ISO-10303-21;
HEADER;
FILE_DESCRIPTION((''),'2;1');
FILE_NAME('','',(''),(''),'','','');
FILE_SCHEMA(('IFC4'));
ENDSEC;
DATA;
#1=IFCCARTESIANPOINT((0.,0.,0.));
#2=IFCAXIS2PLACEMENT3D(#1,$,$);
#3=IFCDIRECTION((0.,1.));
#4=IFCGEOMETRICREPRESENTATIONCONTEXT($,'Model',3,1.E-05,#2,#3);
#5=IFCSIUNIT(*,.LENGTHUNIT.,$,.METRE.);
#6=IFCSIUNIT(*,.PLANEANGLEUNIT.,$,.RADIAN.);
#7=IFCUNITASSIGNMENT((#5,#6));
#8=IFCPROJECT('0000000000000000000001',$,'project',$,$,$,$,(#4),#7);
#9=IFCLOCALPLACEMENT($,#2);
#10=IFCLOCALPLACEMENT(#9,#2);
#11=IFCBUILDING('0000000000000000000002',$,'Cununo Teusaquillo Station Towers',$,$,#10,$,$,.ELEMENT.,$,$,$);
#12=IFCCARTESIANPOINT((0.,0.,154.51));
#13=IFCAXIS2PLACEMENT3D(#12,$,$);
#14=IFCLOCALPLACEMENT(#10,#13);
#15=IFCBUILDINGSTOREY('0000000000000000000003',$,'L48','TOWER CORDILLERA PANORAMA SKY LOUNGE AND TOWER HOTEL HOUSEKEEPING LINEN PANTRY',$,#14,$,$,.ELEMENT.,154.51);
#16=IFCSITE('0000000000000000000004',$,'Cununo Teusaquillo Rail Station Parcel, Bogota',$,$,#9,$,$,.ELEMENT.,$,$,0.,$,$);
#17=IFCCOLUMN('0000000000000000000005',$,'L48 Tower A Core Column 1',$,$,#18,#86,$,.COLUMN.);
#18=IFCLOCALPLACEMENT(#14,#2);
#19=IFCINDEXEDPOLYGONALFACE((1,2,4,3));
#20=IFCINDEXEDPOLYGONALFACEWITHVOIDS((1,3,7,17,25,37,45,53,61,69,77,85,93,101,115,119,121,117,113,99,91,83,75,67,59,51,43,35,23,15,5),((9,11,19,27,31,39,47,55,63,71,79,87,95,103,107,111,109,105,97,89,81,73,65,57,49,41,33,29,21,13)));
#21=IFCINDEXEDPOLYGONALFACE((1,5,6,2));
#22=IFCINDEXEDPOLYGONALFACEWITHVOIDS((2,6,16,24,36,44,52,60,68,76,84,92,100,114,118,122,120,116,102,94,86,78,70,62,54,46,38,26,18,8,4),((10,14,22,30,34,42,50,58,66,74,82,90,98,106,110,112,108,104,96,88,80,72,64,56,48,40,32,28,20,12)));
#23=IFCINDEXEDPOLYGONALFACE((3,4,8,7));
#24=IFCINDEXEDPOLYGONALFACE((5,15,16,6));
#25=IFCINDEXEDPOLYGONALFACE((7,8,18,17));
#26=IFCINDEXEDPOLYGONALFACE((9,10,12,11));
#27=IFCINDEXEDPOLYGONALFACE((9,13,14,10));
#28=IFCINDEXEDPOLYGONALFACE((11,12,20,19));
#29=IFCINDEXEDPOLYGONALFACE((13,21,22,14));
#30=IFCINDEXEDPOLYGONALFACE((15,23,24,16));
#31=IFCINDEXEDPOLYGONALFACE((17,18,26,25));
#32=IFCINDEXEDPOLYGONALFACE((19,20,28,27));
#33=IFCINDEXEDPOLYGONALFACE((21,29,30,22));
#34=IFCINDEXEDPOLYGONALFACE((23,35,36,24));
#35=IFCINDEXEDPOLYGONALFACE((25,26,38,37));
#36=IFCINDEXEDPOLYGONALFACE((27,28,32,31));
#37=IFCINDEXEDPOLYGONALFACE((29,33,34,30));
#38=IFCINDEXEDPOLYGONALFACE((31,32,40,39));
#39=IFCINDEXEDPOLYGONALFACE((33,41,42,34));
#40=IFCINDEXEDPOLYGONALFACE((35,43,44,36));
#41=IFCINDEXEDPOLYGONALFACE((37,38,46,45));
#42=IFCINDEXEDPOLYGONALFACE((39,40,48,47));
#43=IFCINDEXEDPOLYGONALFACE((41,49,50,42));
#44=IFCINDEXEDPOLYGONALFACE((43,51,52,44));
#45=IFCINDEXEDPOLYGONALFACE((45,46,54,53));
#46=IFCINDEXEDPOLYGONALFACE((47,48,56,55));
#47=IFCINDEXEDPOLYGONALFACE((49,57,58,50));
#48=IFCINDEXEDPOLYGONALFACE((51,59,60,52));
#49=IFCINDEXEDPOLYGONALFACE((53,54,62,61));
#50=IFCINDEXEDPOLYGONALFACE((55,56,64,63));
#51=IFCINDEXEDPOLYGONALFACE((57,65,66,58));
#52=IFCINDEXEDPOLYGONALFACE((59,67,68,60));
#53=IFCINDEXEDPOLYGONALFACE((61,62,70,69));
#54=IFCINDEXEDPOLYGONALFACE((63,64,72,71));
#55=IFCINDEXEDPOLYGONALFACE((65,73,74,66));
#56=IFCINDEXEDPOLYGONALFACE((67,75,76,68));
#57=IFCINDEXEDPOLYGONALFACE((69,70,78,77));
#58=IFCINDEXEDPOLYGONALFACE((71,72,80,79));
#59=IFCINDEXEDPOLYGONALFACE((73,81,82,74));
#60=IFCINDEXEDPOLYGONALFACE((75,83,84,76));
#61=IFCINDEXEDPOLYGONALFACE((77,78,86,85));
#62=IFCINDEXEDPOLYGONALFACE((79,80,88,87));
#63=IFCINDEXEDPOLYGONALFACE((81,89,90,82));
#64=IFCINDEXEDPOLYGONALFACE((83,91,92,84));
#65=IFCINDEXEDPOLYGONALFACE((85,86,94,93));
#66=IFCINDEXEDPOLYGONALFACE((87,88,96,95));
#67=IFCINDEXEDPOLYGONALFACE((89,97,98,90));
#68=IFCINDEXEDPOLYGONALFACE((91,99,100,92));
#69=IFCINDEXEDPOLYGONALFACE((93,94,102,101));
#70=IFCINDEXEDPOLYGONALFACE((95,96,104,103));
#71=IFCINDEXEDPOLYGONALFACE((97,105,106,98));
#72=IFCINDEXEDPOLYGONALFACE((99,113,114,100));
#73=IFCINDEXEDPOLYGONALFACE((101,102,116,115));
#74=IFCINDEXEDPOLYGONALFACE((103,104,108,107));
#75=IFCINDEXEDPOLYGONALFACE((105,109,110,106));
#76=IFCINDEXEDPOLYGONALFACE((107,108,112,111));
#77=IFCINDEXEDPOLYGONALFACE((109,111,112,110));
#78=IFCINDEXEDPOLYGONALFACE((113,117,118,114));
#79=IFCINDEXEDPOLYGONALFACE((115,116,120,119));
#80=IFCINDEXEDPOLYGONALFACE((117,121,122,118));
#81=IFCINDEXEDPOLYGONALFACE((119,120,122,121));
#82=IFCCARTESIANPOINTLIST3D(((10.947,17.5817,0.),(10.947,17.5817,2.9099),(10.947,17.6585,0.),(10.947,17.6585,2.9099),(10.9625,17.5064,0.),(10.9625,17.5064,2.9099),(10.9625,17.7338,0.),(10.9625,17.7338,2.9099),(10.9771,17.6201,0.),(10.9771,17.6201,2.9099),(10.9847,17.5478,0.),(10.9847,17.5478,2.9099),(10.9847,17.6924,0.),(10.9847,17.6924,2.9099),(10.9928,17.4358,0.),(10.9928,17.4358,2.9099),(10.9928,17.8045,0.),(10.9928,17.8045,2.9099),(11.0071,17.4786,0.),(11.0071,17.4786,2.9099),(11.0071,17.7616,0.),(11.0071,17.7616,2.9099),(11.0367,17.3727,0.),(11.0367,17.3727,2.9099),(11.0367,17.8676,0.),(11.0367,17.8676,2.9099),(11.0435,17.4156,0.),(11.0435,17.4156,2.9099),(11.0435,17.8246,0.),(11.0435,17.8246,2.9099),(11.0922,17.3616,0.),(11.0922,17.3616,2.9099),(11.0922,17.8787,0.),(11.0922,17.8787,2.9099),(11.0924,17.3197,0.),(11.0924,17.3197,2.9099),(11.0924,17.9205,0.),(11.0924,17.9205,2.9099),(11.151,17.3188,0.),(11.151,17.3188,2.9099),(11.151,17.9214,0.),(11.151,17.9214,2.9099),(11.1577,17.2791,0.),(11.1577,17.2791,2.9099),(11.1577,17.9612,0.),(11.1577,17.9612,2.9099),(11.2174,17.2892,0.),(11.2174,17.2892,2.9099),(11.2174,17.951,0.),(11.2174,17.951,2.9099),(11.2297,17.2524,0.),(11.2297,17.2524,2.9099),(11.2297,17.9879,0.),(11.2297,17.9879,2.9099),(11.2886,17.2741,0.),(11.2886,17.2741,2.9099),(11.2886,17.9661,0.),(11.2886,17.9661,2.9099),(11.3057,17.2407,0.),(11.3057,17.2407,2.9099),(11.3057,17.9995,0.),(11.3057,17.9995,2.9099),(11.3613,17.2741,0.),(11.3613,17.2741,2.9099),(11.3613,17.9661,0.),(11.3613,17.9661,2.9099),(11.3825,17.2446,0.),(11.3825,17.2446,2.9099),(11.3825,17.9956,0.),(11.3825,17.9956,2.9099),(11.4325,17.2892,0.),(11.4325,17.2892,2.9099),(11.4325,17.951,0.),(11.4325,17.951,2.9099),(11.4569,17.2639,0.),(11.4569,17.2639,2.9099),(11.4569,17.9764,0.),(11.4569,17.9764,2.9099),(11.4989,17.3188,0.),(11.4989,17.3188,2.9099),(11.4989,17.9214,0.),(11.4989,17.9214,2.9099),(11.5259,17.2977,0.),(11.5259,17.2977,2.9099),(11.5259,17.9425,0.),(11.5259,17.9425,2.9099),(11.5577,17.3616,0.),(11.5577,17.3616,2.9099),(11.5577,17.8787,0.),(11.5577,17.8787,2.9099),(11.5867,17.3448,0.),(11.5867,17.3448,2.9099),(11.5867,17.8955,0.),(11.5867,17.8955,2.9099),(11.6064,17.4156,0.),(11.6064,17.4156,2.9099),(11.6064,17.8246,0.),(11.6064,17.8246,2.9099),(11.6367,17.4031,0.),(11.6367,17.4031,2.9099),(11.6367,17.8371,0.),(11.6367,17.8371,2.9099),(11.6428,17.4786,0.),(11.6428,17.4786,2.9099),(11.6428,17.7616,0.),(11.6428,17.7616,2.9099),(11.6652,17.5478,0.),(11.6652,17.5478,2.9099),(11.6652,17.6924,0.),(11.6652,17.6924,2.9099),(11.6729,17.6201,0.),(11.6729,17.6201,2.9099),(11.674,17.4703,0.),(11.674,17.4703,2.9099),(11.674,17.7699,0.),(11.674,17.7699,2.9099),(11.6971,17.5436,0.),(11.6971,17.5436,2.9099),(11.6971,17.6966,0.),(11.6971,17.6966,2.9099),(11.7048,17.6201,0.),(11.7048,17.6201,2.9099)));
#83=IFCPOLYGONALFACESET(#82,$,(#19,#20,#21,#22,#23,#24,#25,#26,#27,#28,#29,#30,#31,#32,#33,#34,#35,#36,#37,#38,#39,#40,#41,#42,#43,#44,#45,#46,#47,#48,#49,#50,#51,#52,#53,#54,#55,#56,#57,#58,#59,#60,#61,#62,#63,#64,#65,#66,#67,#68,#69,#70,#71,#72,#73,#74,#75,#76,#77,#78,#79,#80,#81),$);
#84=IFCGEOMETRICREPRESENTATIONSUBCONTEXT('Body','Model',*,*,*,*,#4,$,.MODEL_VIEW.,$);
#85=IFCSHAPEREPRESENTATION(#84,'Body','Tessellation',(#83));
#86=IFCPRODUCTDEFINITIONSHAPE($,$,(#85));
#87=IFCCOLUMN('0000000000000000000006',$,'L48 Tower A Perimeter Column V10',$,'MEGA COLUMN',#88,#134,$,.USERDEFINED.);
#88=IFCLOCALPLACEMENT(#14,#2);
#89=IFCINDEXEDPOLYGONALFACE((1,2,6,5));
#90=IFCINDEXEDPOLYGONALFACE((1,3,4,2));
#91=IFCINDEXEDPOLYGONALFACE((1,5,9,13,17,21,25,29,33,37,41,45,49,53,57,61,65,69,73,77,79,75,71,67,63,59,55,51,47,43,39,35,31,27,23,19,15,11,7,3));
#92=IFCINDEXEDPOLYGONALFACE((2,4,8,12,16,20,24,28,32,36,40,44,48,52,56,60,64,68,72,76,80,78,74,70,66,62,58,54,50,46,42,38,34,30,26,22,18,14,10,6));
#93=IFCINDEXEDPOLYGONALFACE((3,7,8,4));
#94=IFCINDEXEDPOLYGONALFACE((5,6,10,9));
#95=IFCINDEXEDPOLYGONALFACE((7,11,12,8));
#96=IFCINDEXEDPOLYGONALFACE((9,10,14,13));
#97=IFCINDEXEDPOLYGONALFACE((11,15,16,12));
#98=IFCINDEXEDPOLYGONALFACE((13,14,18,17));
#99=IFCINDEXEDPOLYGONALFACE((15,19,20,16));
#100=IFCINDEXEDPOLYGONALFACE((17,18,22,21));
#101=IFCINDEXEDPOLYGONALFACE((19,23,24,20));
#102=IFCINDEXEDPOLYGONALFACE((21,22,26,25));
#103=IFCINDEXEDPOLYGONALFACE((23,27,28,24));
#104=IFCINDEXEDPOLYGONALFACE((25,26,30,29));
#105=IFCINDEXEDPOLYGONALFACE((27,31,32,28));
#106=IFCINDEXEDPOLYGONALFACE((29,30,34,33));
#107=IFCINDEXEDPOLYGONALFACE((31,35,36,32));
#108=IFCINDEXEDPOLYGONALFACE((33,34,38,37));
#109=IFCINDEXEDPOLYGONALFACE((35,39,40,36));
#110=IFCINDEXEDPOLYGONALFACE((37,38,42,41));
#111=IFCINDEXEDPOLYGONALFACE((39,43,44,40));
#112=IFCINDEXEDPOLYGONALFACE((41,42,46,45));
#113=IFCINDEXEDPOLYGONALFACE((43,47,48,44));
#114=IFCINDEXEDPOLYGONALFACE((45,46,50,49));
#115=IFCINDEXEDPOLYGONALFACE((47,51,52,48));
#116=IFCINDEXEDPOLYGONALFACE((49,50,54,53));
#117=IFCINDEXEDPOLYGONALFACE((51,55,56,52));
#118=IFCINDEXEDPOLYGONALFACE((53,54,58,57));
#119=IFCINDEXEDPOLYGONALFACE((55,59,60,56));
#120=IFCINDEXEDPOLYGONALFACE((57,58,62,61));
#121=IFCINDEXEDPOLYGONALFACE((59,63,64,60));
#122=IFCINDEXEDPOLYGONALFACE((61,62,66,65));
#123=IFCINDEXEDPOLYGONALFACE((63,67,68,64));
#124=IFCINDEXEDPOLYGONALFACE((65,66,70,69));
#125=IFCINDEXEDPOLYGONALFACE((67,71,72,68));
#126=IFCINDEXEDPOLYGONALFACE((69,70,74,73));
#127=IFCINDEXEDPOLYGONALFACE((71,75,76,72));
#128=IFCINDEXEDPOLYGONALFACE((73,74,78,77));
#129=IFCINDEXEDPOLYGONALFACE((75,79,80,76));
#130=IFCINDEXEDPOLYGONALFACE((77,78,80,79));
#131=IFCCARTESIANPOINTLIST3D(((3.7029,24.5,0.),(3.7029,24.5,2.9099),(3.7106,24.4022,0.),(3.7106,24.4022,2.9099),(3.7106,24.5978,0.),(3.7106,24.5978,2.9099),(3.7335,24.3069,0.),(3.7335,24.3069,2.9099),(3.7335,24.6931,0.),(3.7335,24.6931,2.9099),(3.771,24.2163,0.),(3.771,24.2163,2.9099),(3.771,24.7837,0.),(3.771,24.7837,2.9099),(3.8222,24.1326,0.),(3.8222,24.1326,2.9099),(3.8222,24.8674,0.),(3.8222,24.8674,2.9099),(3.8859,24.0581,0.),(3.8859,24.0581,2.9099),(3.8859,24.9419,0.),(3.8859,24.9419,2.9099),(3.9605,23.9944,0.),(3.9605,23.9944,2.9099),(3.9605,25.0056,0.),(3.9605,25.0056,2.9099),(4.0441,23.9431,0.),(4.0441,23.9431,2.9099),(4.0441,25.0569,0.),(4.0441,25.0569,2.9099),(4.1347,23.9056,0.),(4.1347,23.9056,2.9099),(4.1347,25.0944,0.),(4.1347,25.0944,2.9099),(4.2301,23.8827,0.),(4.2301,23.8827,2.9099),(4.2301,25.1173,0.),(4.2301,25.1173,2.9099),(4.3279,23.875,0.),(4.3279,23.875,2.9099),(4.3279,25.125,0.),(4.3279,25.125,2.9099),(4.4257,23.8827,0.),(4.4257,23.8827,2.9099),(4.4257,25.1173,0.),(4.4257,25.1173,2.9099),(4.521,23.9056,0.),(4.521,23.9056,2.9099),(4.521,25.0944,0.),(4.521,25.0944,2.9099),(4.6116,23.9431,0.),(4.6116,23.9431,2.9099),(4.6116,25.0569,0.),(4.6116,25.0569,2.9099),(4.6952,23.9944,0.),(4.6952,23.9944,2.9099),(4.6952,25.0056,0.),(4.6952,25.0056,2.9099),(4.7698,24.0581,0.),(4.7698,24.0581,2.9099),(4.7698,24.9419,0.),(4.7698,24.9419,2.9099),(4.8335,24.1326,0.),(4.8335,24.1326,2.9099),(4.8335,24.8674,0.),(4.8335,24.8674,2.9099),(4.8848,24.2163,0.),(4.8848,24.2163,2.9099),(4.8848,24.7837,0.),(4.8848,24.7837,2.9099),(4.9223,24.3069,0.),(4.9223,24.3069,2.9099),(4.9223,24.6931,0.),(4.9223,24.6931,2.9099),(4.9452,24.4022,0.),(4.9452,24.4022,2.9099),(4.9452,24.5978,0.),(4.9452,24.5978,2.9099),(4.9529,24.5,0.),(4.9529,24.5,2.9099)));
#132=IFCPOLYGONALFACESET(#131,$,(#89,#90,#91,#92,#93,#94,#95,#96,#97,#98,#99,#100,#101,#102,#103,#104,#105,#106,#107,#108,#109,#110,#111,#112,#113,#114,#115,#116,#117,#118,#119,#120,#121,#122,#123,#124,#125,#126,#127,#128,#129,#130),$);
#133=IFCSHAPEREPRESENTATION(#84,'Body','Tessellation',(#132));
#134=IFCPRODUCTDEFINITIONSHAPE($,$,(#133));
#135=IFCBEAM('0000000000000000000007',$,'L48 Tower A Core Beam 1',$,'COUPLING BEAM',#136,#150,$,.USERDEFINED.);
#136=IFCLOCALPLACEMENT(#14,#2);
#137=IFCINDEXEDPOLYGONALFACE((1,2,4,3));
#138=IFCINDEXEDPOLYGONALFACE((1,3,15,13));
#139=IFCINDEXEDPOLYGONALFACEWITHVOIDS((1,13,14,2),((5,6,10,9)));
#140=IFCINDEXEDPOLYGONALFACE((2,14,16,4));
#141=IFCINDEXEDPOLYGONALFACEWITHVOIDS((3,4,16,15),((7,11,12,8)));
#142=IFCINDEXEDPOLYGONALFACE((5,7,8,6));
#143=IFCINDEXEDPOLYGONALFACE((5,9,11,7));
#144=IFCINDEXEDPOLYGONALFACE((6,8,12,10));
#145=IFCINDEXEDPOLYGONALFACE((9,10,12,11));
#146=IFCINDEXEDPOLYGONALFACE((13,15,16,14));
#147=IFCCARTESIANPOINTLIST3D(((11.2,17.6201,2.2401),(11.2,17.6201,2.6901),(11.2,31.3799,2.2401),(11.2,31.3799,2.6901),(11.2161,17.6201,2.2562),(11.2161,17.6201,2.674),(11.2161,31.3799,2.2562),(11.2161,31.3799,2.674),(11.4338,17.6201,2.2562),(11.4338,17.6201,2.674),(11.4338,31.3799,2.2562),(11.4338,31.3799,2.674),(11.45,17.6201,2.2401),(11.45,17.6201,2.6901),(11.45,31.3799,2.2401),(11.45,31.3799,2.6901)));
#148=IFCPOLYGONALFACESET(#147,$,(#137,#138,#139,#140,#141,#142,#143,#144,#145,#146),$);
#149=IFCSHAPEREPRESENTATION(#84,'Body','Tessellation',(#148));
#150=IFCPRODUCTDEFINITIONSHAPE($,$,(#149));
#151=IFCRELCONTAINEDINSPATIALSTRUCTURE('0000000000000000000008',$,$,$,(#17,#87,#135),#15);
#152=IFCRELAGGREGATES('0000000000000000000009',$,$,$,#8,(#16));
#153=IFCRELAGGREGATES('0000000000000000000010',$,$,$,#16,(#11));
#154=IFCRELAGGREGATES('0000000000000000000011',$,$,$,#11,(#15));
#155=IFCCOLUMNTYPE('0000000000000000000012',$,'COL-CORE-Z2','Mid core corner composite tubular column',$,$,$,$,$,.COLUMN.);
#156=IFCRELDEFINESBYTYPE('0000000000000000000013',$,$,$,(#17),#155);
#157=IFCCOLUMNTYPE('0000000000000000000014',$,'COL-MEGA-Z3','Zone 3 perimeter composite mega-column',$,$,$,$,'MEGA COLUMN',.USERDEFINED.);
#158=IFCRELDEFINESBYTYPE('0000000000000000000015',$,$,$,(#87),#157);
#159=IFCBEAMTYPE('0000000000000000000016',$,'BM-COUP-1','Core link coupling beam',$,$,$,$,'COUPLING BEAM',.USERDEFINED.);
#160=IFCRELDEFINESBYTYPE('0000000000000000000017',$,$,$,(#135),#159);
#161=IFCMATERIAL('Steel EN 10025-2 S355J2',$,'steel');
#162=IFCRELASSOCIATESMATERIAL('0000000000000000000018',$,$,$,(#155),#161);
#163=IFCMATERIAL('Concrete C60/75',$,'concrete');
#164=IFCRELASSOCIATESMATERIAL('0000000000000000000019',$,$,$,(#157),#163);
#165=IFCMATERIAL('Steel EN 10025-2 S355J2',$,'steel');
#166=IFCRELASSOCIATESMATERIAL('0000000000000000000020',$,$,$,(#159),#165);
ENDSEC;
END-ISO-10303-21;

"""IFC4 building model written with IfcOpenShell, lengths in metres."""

from ifc_helpers import new_model, si_unit, direction, frame, origin, origin_2d, place, context, subcontext, project, spatial, hollow_rectangle, circle, hollow_circle, extrude, material, material_profile, profile_set, type_object, element, save


model = new_model("IFC4")

# Units and contexts
model_context = context("Model", 3, precision=1e-05, world=origin(), true_north=direction((0.0, 1.0)))
body_context = subcontext(model_context, "Body", "Model", "MODEL_VIEW")
ifc_project = project(units=[si_unit("LENGTHUNIT", "METRE"), si_unit("PLANEANGLEUNIT", "RADIAN")], contexts=[model_context])

# Site, building, storey
site_placement = place(None, origin())
site = spatial("IfcSite", under=ifc_project, at=site_placement, Name="Cununo Teusaquillo Rail Station Parcel, Bogota", CompositionType="ELEMENT", RefElevation=0.0)
building_placement = place(site_placement, origin())
building = spatial("IfcBuilding", under=site, at=building_placement, Name="Cununo Teusaquillo Station Towers", CompositionType="ELEMENT")
storey_placement = place(building_placement, frame((0.0, 0.0, 154.51)))
storey = spatial("IfcBuildingStorey", under=building, at=storey_placement, Name="L48", Description="TOWER CORDILLERA PANORAMA SKY LOUNGE AND TOWER HOTEL HOUSEKEEPING LINEN PANTRY", CompositionType="ELEMENT", Elevation=154.51)

# Columns
ifc_material_1 = material(Name="Steel EN 10025-2 S355J2", Category="steel")
ifc_material_profile_1 = material_profile(ifc_material_1, hollow_circle(Radius=0.3799, WallThickness=0.032, at=origin_2d()), Name="CHS 760x32")
ifc_profile_set_1 = profile_set([ifc_material_profile_1], Name="Steel EN 10025-2 S355J2")
column_type_1 = type_object("IfcColumnType", Name="COL-CORE-Z2", Description="Mid core corner composite tubular column", PredefinedType="COLUMN", material=ifc_profile_set_1)
column_1_placement = place(storey_placement, frame((11.325, 17.6201, 0.0), z_axis=(0.0, 0.0, 1.0), x_axis=(1.0, 0.0, 0.0)))
element("IfcColumn", 1, at=column_1_placement, inside=storey, type_object=column_type_1, Name="L48 Tower A Core Column 1", PredefinedType="COLUMN", context=body_context, shape_type="SweptSolid", body=[
    extrude(hollow_circle(Radius=0.3799, WallThickness=0.032, at=origin_2d()), origin(), (0.0, 0.0, 1.0), 2.9099),
])
ifc_material_2 = material(Name="Concrete C60/75", Category="concrete")
ifc_material_profile_2 = material_profile(ifc_material_2, circle(Radius=0.625, at=origin_2d()), Name="RC-CIRC-1250")
ifc_profile_set_2 = profile_set([ifc_material_profile_2], Name="Concrete C60/75")
column_type_2 = type_object("IfcColumnType", Name="COL-MEGA-Z3", Description="Zone 3 perimeter composite mega-column", ElementType="MEGA COLUMN", PredefinedType="USERDEFINED", material=ifc_profile_set_2)
column_2_placement = place(storey_placement, frame((4.3279, 24.5, 0.0), z_axis=(0.0, 0.0, 1.0), x_axis=(1.0, 0.0, 0.0)))
element("IfcColumn", 2, at=column_2_placement, inside=storey, type_object=column_type_2, Name="L48 Tower A Perimeter Column V10", ObjectType="MEGA COLUMN", PredefinedType="USERDEFINED", context=body_context, shape_type="SweptSolid", body=[
    extrude(circle(Radius=0.625, at=origin_2d()), origin(), (0.0, 0.0, 1.0), 2.9099),
])

# Beam
ifc_material_3 = material(Name="Steel EN 10025-2 S355J2", Category="steel")
ifc_material_profile_3 = material_profile(ifc_material_3, hollow_rectangle(XDim=0.25, YDim=0.45, WallThickness=0.0161, at=origin_2d()), Name="RHS 450x250x16")
ifc_profile_set_3 = profile_set([ifc_material_profile_3], Name="Steel EN 10025-2 S355J2")
beam_type_1 = type_object("IfcBeamType", Name="BM-COUP-1", Description="Core link coupling beam", ElementType="COUPLING BEAM", PredefinedType="USERDEFINED", material=ifc_profile_set_3)
beam_1_placement = place(storey_placement, frame((11.325, 17.6201, 2.4651), z_axis=(0.0, 1.0, 0.0), x_axis=(-1.0, 0.0, 0.0)))
element("IfcBeam", 3, at=beam_1_placement, inside=storey, type_object=beam_type_1, Name="L48 Tower A Core Beam 1", ObjectType="COUPLING BEAM", PredefinedType="USERDEFINED", context=body_context, shape_type="SweptSolid", body=[
    extrude(hollow_rectangle(XDim=0.25, YDim=0.45, WallThickness=0.0161, at=origin_2d()), origin(), (0.0, 0.0, 1.0), 13.7598),
])

save(model, "model.ifc")
